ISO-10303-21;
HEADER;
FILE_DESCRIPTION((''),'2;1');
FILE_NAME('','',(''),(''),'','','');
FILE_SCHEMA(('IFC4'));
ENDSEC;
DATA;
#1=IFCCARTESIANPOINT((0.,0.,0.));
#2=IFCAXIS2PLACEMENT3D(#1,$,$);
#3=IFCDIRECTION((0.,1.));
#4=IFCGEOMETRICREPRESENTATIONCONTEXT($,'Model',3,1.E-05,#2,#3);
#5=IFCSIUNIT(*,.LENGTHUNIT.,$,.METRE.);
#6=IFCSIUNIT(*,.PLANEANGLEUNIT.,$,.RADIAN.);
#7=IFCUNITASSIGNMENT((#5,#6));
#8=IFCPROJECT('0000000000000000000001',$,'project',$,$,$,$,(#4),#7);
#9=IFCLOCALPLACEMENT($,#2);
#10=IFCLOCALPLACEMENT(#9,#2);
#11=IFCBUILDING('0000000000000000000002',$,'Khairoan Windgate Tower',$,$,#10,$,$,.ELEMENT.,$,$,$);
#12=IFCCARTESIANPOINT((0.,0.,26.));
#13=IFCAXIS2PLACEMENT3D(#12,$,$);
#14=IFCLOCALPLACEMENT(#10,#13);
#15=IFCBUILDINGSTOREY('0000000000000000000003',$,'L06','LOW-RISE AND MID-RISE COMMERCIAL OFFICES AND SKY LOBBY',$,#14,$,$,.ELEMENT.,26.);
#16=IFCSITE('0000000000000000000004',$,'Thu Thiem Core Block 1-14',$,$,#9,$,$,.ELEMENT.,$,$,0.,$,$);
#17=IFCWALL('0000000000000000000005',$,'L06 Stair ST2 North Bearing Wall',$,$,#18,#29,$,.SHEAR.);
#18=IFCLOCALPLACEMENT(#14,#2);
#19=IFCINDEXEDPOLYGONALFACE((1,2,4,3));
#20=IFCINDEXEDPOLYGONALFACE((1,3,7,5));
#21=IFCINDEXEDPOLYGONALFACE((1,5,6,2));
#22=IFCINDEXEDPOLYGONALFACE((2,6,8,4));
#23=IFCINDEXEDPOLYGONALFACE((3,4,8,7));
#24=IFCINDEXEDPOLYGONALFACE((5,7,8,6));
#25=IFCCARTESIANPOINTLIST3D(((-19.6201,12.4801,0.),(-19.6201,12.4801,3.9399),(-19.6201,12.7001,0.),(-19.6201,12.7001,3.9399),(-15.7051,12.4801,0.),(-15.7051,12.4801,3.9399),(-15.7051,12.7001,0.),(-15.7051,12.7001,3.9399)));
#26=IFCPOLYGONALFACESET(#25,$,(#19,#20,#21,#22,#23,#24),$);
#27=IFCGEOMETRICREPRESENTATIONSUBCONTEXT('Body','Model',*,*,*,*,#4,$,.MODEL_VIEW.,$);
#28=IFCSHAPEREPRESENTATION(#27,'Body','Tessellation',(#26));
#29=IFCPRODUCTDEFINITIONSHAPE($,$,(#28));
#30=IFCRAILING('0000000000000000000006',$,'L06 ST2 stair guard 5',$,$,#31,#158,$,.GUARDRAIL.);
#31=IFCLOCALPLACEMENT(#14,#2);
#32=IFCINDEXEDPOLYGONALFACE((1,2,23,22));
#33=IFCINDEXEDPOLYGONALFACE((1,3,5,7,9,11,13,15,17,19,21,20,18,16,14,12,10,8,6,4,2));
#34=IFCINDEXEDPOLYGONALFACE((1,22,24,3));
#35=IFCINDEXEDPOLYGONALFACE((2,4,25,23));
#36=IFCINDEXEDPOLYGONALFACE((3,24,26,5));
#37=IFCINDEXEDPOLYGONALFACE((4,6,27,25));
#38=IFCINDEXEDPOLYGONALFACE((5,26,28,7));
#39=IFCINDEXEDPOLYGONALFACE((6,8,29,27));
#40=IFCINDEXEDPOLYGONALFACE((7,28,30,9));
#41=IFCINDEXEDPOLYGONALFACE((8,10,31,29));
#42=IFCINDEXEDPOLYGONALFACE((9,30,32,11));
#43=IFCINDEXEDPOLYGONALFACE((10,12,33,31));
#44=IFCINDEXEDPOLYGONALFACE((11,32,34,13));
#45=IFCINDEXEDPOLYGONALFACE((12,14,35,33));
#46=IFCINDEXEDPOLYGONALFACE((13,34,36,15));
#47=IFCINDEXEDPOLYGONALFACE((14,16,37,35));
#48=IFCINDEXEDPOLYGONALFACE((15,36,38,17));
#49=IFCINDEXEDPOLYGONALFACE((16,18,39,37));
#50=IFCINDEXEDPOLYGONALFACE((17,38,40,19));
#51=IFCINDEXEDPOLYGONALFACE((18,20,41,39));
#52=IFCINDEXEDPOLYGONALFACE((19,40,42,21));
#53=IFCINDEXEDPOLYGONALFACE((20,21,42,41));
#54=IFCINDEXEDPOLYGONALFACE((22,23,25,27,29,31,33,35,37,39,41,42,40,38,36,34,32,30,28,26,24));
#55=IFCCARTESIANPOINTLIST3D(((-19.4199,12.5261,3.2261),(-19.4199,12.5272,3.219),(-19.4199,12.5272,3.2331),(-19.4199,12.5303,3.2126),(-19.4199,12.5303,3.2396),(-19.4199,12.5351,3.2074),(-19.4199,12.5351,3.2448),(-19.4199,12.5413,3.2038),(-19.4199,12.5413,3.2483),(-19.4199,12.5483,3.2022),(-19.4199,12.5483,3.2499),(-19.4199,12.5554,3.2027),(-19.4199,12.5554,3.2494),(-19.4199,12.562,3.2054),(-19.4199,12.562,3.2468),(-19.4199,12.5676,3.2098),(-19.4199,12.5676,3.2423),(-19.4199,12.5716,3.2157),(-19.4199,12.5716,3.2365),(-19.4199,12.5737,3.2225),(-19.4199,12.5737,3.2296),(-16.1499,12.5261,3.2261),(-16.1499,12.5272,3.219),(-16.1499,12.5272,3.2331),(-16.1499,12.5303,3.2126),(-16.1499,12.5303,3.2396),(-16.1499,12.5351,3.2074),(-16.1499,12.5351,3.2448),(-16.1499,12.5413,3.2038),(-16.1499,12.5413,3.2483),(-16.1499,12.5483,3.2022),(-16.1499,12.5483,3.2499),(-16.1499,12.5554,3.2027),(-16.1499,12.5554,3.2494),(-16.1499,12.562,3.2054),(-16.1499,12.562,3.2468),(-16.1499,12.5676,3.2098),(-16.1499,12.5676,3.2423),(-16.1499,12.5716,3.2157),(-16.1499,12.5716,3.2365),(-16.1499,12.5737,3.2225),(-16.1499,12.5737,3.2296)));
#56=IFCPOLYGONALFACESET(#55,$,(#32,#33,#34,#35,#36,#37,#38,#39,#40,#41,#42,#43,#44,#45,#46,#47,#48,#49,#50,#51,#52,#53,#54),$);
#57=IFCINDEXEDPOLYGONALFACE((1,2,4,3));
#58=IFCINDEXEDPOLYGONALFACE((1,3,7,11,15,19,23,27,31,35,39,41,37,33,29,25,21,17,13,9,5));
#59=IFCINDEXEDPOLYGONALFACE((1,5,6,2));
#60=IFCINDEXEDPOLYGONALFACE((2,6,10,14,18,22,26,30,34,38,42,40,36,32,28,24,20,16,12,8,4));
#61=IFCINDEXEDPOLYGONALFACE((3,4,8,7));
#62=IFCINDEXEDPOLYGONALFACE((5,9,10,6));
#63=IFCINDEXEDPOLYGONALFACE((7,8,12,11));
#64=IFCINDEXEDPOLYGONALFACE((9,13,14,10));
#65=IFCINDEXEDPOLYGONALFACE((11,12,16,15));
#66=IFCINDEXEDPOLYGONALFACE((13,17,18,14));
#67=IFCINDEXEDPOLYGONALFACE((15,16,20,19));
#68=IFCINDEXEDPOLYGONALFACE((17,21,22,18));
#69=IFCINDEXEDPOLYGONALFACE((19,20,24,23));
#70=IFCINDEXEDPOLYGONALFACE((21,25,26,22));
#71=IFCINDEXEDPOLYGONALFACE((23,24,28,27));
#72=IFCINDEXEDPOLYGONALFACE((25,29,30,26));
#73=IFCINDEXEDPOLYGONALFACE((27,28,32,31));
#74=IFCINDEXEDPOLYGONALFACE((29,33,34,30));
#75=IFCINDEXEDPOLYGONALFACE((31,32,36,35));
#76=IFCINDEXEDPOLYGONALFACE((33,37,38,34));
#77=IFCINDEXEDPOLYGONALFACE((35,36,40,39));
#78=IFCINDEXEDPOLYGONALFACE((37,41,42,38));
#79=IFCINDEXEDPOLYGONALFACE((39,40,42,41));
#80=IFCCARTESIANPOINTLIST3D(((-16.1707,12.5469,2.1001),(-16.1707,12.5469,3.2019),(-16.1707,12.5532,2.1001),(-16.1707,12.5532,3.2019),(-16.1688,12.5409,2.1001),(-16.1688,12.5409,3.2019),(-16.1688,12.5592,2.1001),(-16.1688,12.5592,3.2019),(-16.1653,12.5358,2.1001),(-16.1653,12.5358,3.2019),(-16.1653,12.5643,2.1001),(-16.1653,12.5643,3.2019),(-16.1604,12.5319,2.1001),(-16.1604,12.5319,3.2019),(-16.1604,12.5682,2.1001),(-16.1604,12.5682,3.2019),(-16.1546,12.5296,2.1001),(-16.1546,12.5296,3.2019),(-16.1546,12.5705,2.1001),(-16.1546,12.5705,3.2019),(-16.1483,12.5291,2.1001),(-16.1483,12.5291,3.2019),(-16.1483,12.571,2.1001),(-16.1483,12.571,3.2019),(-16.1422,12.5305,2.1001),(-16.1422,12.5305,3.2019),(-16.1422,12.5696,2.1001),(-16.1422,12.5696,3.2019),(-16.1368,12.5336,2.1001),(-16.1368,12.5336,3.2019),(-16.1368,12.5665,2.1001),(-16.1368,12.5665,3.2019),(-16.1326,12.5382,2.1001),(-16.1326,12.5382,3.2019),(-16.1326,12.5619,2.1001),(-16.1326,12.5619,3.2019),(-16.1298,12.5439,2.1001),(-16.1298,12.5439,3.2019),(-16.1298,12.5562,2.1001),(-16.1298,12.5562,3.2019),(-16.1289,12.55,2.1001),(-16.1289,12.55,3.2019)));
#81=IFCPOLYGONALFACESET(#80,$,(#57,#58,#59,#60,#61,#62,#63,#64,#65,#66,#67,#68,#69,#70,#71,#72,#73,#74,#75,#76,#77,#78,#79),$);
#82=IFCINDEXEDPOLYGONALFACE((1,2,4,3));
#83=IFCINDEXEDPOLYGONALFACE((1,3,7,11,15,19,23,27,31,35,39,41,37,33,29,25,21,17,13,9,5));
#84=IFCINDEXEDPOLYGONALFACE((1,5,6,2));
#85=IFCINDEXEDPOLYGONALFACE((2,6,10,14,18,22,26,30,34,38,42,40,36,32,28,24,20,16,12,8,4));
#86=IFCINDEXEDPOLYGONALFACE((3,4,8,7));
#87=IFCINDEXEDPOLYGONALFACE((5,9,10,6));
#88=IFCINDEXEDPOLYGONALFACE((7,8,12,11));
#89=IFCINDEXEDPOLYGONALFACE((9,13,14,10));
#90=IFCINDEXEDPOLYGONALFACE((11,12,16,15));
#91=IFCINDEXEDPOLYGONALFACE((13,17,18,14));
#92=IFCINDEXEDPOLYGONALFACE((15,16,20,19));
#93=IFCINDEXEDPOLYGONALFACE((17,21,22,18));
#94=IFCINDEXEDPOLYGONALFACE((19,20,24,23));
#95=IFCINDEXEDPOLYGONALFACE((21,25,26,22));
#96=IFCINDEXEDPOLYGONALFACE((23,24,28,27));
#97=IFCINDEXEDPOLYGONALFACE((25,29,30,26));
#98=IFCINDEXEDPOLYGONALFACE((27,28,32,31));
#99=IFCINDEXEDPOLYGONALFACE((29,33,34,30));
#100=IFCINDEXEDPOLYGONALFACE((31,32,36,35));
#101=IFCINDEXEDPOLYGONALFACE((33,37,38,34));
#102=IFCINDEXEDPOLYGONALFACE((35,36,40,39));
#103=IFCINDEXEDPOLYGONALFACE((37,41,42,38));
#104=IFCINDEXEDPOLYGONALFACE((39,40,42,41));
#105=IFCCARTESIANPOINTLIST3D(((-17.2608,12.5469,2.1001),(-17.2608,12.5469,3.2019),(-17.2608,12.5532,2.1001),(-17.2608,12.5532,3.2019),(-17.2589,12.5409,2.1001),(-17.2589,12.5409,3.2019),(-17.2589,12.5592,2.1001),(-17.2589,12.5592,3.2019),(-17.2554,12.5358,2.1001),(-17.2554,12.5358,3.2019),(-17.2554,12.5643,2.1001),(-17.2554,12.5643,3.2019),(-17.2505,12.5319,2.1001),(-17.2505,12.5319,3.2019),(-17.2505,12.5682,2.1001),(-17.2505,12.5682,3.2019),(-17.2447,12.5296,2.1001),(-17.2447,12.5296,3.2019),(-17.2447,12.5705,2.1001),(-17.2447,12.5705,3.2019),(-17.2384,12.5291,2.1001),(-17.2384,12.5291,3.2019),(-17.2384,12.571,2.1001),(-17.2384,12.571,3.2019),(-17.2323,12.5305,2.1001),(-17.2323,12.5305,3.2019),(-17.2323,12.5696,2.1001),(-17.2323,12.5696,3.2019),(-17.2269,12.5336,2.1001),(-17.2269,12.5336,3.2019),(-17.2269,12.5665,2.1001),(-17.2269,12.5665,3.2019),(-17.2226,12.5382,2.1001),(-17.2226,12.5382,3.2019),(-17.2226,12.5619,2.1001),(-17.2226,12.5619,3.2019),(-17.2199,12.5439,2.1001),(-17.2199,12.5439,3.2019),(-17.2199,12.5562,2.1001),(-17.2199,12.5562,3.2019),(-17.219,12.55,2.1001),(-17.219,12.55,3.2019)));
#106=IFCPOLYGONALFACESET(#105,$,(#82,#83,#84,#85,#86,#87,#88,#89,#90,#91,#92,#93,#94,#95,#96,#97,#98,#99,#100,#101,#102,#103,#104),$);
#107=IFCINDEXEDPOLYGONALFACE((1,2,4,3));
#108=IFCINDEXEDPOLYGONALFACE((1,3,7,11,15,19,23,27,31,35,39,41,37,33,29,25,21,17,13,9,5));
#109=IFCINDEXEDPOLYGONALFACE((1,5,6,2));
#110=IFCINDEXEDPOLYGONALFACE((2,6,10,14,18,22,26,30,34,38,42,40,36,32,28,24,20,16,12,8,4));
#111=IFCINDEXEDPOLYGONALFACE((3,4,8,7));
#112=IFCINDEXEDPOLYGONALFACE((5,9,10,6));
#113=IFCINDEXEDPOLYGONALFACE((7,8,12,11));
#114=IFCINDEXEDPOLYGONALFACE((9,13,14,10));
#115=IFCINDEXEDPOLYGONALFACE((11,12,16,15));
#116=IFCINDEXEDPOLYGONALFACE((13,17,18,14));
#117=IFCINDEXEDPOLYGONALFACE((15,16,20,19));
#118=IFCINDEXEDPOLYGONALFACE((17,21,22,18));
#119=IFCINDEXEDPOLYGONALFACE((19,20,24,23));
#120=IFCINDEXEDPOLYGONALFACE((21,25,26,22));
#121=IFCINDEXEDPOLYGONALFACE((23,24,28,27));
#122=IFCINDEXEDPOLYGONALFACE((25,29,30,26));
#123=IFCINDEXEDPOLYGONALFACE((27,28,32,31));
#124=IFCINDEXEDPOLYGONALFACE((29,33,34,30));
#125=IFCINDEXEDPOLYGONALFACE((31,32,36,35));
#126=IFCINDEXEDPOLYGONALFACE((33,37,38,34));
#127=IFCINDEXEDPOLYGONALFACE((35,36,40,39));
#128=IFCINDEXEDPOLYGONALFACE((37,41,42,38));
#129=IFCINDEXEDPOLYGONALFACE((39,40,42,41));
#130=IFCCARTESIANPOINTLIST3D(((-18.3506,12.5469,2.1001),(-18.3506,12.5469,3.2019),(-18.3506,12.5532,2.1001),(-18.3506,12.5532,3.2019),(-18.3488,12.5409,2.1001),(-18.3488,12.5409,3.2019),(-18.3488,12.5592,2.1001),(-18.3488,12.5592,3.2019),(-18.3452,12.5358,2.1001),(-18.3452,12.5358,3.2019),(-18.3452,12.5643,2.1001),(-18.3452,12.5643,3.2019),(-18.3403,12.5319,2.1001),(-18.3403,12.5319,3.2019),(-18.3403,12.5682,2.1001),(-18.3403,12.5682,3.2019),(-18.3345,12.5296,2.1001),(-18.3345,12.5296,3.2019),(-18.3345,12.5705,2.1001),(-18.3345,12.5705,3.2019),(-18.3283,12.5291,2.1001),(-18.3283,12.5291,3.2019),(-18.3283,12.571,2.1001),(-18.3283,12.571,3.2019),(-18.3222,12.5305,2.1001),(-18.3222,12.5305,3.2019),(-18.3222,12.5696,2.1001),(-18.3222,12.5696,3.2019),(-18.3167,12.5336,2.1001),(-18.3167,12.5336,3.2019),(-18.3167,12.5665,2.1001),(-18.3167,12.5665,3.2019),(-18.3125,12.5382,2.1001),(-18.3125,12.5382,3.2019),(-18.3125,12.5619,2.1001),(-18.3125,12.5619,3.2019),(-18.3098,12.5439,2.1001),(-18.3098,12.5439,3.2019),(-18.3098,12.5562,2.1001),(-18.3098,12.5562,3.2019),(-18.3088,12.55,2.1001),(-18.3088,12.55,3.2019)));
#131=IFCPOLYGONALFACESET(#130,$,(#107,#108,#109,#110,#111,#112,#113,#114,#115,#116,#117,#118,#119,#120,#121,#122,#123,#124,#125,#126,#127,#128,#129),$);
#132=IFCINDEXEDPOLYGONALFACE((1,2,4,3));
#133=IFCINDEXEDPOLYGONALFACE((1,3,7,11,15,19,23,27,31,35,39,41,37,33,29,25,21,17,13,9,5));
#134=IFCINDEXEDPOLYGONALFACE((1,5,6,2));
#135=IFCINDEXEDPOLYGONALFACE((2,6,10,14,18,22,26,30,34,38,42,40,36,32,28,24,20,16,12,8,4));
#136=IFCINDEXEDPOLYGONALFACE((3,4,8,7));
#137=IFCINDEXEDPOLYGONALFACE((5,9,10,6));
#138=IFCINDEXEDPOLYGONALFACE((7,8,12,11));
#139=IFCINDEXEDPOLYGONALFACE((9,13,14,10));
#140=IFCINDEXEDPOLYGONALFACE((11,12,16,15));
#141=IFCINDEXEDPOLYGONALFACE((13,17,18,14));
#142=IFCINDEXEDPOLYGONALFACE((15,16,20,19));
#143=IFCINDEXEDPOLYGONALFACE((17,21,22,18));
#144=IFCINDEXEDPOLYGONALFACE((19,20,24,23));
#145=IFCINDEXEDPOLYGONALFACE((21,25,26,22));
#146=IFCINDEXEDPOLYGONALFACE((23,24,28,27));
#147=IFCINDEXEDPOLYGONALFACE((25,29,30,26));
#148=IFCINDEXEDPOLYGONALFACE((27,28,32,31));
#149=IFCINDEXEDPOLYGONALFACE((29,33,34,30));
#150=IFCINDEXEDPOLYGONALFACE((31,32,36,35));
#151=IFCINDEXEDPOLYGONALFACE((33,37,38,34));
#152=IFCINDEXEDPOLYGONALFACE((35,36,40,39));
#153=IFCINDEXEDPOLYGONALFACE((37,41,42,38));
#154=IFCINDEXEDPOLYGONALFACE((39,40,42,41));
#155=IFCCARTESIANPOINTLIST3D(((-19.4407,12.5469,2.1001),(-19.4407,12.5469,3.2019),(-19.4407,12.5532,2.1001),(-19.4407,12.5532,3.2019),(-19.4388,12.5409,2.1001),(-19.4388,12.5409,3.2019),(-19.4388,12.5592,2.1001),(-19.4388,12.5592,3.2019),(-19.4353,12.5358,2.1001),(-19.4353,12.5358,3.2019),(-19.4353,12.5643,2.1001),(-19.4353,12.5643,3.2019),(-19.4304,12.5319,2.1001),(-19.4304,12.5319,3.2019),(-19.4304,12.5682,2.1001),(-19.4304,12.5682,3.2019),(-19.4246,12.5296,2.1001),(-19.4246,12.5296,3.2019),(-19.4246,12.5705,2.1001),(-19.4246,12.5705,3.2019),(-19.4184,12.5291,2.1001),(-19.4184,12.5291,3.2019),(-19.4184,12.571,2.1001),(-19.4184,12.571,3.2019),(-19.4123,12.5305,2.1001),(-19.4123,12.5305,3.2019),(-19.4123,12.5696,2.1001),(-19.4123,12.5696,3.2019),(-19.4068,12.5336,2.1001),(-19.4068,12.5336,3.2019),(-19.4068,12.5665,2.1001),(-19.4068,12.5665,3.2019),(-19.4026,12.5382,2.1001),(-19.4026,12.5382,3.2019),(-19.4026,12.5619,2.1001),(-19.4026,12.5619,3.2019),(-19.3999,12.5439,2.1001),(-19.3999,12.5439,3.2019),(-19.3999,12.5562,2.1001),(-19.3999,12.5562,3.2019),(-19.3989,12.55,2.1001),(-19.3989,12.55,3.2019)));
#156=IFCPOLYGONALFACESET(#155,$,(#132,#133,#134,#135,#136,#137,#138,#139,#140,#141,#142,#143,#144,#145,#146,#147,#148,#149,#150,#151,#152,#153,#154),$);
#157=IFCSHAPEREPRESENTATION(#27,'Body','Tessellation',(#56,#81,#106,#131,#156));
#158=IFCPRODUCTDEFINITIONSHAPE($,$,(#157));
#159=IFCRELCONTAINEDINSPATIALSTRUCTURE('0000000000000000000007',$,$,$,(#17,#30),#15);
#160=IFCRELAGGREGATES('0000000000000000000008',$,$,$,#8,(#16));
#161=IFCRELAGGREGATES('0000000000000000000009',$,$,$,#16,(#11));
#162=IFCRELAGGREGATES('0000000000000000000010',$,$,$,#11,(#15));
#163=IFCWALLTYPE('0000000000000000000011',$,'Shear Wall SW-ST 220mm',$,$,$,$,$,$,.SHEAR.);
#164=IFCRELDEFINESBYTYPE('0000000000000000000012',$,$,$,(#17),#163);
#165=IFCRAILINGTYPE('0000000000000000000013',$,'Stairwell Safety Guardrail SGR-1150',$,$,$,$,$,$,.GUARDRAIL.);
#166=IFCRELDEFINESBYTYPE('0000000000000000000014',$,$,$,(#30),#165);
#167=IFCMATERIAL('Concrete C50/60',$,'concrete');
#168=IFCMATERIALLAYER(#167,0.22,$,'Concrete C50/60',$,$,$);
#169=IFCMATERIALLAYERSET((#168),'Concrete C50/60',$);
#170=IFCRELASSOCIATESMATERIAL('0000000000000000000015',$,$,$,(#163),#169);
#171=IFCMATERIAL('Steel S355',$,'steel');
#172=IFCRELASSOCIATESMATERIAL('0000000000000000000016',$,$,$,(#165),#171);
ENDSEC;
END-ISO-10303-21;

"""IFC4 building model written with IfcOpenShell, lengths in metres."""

from ifc_helpers import new_model, si_unit, direction, frame, frame_2d, origin, origin_2d, place, context, subcontext, project, spatial, rectangle, circle, extrude, material, layer, layer_set, type_object, element, save


model = new_model("IFC4")

# Units and contexts
model_context = context("Model", 3, precision=1e-05, world=origin(), true_north=direction((0.0, 1.0)))
body_context = subcontext(model_context, "Body", "Model", "MODEL_VIEW")
ifc_project = project(units=[si_unit("LENGTHUNIT", "METRE"), si_unit("PLANEANGLEUNIT", "RADIAN")], contexts=[model_context])

# Site, building, storey
site_placement = place(None, origin())
site = spatial("IfcSite", under=ifc_project, at=site_placement, Name="Thu Thiem Core Block 1-14", CompositionType="ELEMENT", RefElevation=0.0)
building_placement = place(site_placement, origin())
building = spatial("IfcBuilding", under=site, at=building_placement, Name="Khairoan Windgate Tower", CompositionType="ELEMENT")
storey_placement = place(building_placement, frame((0.0, 0.0, 26.0)))
storey = spatial("IfcBuildingStorey", under=building, at=storey_placement, Name="L06", Description="LOW-RISE AND MID-RISE COMMERCIAL OFFICES AND SKY LOBBY", CompositionType="ELEMENT", Elevation=26.0)

# Wall
ifc_material_1 = material(Name="Concrete C50/60", Category="concrete")
ifc_layer_1 = layer(ifc_material_1, 0.22, Name="Concrete C50/60")
ifc_layer_set_1 = layer_set([ifc_layer_1], Name="Concrete C50/60")
wall_type_1 = type_object("IfcWallType", Name="Shear Wall SW-ST 220mm", PredefinedType="SHEAR", material=ifc_layer_set_1)
wall_1_placement = place(storey_placement, frame((-19.6201, 12.5901, 0.0), z_axis=(0.0, 0.0, 1.0), x_axis=(1.0, 0.0, 0.0)))
element("IfcWall", 1, at=wall_1_placement, inside=storey, type_object=wall_type_1, Name="L06 Stair ST2 North Bearing Wall", PredefinedType="SHEAR", context=body_context, shape_type="SweptSolid", body=[
    extrude(rectangle(XDim=3.915, YDim=0.22, at=frame_2d((1.9575, 0.0))), origin(), (0.0, 0.0, 1.0), 3.9399),
])

# Railing
ifc_material_2 = material(Name="Steel S355", Category="steel")
railing_type = type_object("IfcRailingType", Name="Stairwell Safety Guardrail SGR-1150", PredefinedType="GUARDRAIL", material=ifc_material_2)
railing_1_placement = place(storey_placement, frame((-16.1499, 12.55, 2.1001)))
element("IfcRailing", 2, at=railing_1_placement, inside=storey, type_object=railing_type, Name="L06 ST2 stair guard 5", PredefinedType="GUARDRAIL", context=body_context, shape_type="SweptSolid", body=[
    extrude(circle(Radius=0.0239, at=origin_2d()), frame((0.0, 0.0, 1.126), z_axis=(-1.0, 0.0, 0.0), x_axis=(0.0, -1.0, 0.0)), (0.0, 0.0, 1.0), 3.27),
    extrude(circle(Radius=0.021, at=origin_2d()), origin(), (0.0, 0.0, 1.0), 1.1018),
    extrude(circle(Radius=0.021, at=origin_2d()), frame((-1.0901, 0.0, 0.0)), (0.0, 0.0, 1.0), 1.1018),
    extrude(circle(Radius=0.021, at=origin_2d()), frame((-2.1799, 0.0, 0.0)), (0.0, 0.0, 1.0), 1.1018),
    extrude(circle(Radius=0.021, at=origin_2d()), frame((-3.27, 0.0, 0.0)), (0.0, 0.0, 1.0), 1.1018),
])

save(model, "model.ifc")
